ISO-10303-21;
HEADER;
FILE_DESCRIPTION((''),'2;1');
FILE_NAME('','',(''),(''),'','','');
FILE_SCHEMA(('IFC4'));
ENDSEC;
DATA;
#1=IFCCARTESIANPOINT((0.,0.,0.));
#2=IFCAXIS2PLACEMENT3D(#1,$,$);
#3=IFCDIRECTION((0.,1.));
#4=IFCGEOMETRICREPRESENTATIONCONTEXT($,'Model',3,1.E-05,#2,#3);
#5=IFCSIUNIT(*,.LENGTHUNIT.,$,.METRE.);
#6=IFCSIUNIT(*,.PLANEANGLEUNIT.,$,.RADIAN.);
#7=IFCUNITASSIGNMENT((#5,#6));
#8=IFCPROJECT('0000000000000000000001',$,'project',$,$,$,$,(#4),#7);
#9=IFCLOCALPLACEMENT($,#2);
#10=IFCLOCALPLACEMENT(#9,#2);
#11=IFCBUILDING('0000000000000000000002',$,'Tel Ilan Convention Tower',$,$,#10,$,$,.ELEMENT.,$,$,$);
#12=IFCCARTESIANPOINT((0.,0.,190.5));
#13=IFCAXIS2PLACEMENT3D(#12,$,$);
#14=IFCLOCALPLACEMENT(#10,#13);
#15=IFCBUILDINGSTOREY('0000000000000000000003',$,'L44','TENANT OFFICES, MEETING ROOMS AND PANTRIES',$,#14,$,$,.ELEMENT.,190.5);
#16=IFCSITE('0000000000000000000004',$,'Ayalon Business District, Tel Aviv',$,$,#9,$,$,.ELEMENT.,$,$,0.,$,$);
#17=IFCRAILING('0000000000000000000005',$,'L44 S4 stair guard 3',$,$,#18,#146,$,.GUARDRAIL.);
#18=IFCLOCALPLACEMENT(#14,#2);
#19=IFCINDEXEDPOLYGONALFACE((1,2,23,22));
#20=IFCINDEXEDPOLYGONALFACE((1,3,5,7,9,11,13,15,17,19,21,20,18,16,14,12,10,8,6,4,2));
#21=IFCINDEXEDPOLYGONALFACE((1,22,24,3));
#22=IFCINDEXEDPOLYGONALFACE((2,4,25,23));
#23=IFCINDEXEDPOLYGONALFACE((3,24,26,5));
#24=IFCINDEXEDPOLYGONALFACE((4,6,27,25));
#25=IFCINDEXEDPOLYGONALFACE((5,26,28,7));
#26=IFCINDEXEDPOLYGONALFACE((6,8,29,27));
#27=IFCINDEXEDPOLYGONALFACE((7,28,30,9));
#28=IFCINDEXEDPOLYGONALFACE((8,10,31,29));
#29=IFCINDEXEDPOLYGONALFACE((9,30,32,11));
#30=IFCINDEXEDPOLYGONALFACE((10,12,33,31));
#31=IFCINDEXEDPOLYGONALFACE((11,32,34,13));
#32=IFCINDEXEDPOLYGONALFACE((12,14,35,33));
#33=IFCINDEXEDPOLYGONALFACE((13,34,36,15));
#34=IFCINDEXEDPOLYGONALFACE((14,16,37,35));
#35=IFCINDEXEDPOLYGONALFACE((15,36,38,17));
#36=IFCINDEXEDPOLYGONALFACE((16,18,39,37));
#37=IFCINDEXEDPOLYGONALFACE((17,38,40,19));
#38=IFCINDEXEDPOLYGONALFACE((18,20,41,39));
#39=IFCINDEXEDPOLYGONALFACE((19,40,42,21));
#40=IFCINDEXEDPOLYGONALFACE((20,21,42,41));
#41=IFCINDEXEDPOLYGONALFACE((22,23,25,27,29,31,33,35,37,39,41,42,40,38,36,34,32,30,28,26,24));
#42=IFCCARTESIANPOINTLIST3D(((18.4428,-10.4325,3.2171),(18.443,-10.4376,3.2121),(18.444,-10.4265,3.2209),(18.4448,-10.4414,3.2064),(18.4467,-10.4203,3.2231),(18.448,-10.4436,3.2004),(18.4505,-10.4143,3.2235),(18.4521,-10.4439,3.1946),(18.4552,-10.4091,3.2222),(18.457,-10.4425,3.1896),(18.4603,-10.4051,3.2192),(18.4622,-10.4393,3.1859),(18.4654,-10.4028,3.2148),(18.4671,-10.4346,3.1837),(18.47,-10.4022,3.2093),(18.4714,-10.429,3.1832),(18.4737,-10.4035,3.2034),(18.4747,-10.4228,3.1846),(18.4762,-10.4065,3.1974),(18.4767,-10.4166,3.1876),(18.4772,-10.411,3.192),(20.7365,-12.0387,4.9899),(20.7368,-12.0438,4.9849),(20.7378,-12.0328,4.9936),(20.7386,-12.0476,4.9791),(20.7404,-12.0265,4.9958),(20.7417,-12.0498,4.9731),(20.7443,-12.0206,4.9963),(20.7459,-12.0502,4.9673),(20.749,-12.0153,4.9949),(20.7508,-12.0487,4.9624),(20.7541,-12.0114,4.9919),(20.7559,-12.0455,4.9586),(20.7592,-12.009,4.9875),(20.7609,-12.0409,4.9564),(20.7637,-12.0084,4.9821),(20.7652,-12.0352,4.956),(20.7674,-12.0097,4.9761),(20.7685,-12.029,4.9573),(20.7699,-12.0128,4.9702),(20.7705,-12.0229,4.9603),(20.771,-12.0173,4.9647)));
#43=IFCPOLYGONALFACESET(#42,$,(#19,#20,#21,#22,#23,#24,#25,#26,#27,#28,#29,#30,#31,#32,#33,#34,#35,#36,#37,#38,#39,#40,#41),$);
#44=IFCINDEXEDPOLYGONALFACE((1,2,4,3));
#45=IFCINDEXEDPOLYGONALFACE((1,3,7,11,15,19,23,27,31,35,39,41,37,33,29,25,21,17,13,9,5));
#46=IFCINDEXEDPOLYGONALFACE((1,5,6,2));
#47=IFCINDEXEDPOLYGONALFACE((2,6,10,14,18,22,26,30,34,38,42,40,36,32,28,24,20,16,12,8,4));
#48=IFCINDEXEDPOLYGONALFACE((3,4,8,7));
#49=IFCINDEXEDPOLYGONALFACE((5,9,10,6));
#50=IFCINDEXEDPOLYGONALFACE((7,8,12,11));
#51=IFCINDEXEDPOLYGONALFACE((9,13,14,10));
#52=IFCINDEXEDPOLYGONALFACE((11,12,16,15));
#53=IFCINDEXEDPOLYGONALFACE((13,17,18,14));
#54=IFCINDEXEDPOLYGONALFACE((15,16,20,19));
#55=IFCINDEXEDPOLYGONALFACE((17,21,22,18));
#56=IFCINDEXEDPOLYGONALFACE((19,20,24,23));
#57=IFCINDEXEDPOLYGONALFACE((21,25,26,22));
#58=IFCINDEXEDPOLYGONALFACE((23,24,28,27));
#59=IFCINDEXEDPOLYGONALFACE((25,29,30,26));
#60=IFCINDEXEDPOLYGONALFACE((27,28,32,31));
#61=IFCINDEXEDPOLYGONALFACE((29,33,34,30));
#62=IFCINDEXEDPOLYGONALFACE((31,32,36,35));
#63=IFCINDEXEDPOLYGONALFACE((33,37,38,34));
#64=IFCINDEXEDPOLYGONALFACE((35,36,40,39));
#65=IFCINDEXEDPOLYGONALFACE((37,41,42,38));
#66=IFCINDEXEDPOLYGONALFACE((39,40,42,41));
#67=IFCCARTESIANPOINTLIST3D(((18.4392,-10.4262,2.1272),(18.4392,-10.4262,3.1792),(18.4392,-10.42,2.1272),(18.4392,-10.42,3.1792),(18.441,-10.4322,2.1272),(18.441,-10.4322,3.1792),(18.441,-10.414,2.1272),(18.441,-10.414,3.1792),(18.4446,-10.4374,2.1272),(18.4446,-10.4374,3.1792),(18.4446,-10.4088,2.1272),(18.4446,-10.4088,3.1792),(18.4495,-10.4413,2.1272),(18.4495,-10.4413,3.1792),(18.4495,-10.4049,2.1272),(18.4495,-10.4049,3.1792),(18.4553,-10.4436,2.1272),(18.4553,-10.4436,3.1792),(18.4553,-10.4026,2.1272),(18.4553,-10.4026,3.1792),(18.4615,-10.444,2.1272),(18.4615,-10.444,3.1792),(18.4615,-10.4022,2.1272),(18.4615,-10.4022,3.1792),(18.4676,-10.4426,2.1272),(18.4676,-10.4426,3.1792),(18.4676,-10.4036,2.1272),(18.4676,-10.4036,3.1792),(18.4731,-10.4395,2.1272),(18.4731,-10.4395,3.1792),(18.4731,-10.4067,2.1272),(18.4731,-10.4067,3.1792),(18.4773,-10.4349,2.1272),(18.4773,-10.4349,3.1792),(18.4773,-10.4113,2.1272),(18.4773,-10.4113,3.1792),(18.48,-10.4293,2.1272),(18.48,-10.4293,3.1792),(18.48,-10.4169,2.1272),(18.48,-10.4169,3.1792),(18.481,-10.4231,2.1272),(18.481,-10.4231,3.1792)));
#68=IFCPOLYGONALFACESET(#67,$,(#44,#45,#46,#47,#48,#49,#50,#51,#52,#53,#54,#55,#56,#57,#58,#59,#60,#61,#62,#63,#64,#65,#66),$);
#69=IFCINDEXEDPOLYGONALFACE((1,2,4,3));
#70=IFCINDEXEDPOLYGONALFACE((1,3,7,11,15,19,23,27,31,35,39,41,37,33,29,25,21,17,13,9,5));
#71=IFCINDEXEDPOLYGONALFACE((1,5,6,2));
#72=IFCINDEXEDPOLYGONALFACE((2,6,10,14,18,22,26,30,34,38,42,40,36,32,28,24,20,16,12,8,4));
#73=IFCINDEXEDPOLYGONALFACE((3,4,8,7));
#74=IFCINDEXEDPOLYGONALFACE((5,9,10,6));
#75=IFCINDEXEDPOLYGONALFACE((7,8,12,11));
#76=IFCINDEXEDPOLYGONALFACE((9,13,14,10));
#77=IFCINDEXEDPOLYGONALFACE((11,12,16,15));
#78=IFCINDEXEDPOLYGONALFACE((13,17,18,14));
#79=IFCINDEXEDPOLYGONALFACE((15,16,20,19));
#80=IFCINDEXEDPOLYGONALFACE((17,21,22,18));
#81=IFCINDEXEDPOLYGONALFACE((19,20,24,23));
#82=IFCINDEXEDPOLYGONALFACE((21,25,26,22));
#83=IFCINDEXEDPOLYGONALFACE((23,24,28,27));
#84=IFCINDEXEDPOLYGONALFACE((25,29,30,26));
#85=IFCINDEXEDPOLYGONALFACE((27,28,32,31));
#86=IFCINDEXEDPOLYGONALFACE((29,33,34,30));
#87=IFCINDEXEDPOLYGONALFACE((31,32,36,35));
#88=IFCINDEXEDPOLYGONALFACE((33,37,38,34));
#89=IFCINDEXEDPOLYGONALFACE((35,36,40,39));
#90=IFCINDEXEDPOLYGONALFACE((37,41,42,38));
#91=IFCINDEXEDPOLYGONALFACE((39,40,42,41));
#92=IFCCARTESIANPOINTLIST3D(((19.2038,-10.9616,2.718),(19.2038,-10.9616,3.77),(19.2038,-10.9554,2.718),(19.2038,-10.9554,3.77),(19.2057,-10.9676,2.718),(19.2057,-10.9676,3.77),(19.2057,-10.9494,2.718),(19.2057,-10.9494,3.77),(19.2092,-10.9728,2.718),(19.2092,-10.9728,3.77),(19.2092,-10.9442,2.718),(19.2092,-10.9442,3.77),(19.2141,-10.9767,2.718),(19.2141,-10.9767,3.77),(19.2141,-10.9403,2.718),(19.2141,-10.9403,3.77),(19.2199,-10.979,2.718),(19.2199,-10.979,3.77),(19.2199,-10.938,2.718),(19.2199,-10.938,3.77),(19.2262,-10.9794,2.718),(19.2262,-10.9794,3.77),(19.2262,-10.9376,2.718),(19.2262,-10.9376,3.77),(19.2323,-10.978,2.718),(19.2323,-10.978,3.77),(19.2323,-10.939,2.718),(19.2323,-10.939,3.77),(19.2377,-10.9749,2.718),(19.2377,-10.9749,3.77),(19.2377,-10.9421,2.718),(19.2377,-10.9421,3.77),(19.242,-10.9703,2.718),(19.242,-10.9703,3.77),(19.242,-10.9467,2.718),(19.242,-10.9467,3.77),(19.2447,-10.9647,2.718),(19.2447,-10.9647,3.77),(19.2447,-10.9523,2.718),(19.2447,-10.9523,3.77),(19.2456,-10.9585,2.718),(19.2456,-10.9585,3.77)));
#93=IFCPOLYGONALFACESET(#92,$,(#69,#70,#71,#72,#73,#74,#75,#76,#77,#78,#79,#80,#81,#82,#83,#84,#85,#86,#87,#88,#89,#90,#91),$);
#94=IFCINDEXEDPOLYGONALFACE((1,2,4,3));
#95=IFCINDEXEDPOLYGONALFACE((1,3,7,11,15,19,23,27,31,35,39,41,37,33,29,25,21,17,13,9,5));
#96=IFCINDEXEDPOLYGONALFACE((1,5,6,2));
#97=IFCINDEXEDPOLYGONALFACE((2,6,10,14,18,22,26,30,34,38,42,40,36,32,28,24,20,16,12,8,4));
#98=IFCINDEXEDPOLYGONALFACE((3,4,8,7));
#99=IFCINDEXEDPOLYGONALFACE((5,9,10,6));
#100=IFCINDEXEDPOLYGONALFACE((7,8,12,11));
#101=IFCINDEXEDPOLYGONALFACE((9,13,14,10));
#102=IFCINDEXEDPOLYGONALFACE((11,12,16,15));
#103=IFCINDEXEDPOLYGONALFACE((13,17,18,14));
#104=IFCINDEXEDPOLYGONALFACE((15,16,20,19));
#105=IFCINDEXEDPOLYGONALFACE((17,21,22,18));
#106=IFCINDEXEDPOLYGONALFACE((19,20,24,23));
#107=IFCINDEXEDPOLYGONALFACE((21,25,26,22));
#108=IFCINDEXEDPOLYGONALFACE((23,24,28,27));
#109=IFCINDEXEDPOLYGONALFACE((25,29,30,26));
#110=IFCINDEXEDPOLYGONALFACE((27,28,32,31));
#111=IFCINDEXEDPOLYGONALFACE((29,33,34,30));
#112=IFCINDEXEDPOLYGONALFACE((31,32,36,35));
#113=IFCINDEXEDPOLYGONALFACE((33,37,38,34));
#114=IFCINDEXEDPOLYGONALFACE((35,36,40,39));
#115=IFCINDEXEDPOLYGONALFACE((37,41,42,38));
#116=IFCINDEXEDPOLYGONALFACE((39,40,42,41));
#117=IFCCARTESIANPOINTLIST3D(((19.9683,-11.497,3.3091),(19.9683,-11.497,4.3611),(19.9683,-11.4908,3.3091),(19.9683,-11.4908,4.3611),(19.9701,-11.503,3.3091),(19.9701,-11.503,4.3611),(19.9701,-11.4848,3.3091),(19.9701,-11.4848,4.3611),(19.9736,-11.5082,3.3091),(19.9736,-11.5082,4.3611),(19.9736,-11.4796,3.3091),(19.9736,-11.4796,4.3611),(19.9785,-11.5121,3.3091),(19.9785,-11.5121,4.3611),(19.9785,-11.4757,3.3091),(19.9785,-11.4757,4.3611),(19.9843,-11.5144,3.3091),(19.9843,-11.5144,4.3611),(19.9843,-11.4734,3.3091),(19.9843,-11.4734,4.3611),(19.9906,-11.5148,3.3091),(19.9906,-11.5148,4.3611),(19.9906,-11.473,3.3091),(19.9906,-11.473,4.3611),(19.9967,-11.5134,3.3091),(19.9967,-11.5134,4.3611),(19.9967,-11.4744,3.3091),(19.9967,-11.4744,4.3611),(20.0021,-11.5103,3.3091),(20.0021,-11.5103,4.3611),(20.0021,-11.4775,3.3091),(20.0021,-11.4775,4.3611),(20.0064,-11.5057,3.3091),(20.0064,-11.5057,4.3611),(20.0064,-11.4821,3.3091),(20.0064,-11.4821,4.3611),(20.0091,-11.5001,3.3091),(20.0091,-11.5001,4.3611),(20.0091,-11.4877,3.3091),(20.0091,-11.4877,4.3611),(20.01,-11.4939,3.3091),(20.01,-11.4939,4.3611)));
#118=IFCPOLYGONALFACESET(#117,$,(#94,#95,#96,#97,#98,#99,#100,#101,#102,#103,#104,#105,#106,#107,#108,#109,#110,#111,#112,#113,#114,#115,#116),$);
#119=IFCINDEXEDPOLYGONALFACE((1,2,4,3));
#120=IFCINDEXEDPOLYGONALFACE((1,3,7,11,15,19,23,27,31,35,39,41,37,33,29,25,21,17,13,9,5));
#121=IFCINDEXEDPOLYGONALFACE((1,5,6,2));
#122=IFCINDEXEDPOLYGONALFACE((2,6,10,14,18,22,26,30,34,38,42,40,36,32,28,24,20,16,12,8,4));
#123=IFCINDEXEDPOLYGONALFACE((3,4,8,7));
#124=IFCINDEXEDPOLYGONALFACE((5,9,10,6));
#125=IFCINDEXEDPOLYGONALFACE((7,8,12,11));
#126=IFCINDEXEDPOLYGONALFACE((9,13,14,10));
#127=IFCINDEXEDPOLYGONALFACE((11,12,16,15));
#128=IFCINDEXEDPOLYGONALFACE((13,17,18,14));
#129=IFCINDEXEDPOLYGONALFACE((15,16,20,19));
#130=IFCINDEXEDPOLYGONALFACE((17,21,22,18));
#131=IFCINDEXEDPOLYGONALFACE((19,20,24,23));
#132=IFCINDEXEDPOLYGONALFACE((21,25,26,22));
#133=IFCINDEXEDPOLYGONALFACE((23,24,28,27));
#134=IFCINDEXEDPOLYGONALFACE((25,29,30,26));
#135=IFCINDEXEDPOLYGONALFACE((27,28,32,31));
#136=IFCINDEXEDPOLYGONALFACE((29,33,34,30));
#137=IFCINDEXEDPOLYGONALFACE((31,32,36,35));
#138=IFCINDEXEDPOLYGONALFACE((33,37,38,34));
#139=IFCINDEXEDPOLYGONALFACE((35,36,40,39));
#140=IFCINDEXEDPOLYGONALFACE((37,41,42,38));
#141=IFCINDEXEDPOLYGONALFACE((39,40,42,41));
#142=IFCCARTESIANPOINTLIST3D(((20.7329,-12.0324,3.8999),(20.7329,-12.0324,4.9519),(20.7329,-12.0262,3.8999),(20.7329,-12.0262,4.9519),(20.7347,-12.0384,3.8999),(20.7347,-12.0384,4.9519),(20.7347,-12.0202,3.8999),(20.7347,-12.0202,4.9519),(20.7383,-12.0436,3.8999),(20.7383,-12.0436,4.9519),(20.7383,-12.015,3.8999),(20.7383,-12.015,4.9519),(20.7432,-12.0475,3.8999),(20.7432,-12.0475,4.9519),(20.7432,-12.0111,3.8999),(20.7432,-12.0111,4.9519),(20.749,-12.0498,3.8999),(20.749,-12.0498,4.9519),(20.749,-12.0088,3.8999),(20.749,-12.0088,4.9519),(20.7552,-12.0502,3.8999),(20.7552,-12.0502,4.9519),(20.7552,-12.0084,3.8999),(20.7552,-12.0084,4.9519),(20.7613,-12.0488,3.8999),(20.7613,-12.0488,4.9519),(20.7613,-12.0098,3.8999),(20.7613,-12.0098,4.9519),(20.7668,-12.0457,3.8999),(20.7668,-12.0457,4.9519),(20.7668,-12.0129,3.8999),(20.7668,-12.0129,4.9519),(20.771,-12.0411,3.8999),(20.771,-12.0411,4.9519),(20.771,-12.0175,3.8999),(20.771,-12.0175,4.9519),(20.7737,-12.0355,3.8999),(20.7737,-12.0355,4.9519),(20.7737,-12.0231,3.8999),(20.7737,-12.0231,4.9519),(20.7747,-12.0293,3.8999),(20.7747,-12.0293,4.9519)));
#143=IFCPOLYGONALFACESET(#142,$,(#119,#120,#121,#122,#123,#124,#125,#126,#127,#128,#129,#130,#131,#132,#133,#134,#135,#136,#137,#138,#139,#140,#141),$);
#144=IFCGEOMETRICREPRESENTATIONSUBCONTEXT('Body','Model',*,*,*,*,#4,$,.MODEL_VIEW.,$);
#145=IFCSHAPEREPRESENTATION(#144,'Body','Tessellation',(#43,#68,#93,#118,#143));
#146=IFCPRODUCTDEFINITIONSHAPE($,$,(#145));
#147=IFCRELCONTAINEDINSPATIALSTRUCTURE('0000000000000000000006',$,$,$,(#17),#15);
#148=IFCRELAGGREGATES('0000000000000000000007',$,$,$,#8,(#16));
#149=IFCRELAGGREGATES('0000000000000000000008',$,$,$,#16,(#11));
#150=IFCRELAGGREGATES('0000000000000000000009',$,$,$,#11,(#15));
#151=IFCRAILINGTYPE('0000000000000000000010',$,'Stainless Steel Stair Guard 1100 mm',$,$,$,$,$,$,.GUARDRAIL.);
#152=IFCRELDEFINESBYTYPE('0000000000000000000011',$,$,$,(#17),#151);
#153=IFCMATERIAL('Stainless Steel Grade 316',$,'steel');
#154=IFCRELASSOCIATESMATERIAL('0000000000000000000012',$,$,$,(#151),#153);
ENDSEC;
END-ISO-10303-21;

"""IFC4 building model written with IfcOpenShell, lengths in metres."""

from ifc_helpers import new_model, si_unit, direction, frame, origin, origin_2d, place, context, subcontext, project, spatial, circle, extrude, material, type_object, element, save


model = new_model("IFC4")

# Units and contexts
model_context = context("Model", 3, precision=1e-05, world=origin(), true_north=direction((0.0, 1.0)))
body_context = subcontext(model_context, "Body", "Model", "MODEL_VIEW")
ifc_project = project(units=[si_unit("LENGTHUNIT", "METRE"), si_unit("PLANEANGLEUNIT", "RADIAN")], contexts=[model_context])

# Site, building, storey
site_placement = place(None, origin())
site = spatial("IfcSite", under=ifc_project, at=site_placement, Name="Ayalon Business District, Tel Aviv", CompositionType="ELEMENT", RefElevation=0.0)
building_placement = place(site_placement, origin())
building = spatial("IfcBuilding", under=site, at=building_placement, Name="Tel Ilan Convention Tower", CompositionType="ELEMENT")
storey_placement = place(building_placement, frame((0.0, 0.0, 190.5)))
storey = spatial("IfcBuildingStorey", under=building, at=storey_placement, Name="L44", Description="TENANT OFFICES, MEETING ROOMS AND PANTRIES", CompositionType="ELEMENT", Elevation=190.5)

# Railing
ifc_material_1 = material(Name="Stainless Steel Grade 316", Category="steel")
railing_type_1 = type_object("IfcRailingType", Name="Stainless Steel Stair Guard 1100 mm", PredefinedType="GUARDRAIL", material=ifc_material_1)
railing_1_placement = place(storey_placement, frame((18.46, -10.4231, 2.1272)))
element("IfcRailing", 1, at=railing_1_placement, inside=storey, type_object=railing_type_1, Name="L44 S4 stair guard 3", PredefinedType="GUARDRAIL", context=body_context, shape_type="SweptSolid", body=[
    extrude(circle(Radius=0.0239, at=origin_2d()), frame((0.0, 0.0, 1.0762), z_axis=(0.692098, -0.484653, 0.534894), x_axis=(0.573609, 0.81913, 0.0)), (0.0, 0.0, 1.0), 3.3142),
    extrude(circle(Radius=0.021, at=origin_2d()), origin(), (0.0, 0.0, 1.0), 1.052),
    extrude(circle(Radius=0.021, at=origin_2d()), frame((0.7646, -0.5354, 0.5908)), (0.0, 0.0, 1.0), 1.052),
    extrude(circle(Radius=0.021, at=origin_2d()), frame((1.5291, -1.0708, 1.1819)), (0.0, 0.0, 1.0), 1.052),
    extrude(circle(Radius=0.021, at=origin_2d()), frame((2.2937, -1.6062, 1.7727)), (0.0, 0.0, 1.0), 1.052),
])

save(model, "model.ifc")
